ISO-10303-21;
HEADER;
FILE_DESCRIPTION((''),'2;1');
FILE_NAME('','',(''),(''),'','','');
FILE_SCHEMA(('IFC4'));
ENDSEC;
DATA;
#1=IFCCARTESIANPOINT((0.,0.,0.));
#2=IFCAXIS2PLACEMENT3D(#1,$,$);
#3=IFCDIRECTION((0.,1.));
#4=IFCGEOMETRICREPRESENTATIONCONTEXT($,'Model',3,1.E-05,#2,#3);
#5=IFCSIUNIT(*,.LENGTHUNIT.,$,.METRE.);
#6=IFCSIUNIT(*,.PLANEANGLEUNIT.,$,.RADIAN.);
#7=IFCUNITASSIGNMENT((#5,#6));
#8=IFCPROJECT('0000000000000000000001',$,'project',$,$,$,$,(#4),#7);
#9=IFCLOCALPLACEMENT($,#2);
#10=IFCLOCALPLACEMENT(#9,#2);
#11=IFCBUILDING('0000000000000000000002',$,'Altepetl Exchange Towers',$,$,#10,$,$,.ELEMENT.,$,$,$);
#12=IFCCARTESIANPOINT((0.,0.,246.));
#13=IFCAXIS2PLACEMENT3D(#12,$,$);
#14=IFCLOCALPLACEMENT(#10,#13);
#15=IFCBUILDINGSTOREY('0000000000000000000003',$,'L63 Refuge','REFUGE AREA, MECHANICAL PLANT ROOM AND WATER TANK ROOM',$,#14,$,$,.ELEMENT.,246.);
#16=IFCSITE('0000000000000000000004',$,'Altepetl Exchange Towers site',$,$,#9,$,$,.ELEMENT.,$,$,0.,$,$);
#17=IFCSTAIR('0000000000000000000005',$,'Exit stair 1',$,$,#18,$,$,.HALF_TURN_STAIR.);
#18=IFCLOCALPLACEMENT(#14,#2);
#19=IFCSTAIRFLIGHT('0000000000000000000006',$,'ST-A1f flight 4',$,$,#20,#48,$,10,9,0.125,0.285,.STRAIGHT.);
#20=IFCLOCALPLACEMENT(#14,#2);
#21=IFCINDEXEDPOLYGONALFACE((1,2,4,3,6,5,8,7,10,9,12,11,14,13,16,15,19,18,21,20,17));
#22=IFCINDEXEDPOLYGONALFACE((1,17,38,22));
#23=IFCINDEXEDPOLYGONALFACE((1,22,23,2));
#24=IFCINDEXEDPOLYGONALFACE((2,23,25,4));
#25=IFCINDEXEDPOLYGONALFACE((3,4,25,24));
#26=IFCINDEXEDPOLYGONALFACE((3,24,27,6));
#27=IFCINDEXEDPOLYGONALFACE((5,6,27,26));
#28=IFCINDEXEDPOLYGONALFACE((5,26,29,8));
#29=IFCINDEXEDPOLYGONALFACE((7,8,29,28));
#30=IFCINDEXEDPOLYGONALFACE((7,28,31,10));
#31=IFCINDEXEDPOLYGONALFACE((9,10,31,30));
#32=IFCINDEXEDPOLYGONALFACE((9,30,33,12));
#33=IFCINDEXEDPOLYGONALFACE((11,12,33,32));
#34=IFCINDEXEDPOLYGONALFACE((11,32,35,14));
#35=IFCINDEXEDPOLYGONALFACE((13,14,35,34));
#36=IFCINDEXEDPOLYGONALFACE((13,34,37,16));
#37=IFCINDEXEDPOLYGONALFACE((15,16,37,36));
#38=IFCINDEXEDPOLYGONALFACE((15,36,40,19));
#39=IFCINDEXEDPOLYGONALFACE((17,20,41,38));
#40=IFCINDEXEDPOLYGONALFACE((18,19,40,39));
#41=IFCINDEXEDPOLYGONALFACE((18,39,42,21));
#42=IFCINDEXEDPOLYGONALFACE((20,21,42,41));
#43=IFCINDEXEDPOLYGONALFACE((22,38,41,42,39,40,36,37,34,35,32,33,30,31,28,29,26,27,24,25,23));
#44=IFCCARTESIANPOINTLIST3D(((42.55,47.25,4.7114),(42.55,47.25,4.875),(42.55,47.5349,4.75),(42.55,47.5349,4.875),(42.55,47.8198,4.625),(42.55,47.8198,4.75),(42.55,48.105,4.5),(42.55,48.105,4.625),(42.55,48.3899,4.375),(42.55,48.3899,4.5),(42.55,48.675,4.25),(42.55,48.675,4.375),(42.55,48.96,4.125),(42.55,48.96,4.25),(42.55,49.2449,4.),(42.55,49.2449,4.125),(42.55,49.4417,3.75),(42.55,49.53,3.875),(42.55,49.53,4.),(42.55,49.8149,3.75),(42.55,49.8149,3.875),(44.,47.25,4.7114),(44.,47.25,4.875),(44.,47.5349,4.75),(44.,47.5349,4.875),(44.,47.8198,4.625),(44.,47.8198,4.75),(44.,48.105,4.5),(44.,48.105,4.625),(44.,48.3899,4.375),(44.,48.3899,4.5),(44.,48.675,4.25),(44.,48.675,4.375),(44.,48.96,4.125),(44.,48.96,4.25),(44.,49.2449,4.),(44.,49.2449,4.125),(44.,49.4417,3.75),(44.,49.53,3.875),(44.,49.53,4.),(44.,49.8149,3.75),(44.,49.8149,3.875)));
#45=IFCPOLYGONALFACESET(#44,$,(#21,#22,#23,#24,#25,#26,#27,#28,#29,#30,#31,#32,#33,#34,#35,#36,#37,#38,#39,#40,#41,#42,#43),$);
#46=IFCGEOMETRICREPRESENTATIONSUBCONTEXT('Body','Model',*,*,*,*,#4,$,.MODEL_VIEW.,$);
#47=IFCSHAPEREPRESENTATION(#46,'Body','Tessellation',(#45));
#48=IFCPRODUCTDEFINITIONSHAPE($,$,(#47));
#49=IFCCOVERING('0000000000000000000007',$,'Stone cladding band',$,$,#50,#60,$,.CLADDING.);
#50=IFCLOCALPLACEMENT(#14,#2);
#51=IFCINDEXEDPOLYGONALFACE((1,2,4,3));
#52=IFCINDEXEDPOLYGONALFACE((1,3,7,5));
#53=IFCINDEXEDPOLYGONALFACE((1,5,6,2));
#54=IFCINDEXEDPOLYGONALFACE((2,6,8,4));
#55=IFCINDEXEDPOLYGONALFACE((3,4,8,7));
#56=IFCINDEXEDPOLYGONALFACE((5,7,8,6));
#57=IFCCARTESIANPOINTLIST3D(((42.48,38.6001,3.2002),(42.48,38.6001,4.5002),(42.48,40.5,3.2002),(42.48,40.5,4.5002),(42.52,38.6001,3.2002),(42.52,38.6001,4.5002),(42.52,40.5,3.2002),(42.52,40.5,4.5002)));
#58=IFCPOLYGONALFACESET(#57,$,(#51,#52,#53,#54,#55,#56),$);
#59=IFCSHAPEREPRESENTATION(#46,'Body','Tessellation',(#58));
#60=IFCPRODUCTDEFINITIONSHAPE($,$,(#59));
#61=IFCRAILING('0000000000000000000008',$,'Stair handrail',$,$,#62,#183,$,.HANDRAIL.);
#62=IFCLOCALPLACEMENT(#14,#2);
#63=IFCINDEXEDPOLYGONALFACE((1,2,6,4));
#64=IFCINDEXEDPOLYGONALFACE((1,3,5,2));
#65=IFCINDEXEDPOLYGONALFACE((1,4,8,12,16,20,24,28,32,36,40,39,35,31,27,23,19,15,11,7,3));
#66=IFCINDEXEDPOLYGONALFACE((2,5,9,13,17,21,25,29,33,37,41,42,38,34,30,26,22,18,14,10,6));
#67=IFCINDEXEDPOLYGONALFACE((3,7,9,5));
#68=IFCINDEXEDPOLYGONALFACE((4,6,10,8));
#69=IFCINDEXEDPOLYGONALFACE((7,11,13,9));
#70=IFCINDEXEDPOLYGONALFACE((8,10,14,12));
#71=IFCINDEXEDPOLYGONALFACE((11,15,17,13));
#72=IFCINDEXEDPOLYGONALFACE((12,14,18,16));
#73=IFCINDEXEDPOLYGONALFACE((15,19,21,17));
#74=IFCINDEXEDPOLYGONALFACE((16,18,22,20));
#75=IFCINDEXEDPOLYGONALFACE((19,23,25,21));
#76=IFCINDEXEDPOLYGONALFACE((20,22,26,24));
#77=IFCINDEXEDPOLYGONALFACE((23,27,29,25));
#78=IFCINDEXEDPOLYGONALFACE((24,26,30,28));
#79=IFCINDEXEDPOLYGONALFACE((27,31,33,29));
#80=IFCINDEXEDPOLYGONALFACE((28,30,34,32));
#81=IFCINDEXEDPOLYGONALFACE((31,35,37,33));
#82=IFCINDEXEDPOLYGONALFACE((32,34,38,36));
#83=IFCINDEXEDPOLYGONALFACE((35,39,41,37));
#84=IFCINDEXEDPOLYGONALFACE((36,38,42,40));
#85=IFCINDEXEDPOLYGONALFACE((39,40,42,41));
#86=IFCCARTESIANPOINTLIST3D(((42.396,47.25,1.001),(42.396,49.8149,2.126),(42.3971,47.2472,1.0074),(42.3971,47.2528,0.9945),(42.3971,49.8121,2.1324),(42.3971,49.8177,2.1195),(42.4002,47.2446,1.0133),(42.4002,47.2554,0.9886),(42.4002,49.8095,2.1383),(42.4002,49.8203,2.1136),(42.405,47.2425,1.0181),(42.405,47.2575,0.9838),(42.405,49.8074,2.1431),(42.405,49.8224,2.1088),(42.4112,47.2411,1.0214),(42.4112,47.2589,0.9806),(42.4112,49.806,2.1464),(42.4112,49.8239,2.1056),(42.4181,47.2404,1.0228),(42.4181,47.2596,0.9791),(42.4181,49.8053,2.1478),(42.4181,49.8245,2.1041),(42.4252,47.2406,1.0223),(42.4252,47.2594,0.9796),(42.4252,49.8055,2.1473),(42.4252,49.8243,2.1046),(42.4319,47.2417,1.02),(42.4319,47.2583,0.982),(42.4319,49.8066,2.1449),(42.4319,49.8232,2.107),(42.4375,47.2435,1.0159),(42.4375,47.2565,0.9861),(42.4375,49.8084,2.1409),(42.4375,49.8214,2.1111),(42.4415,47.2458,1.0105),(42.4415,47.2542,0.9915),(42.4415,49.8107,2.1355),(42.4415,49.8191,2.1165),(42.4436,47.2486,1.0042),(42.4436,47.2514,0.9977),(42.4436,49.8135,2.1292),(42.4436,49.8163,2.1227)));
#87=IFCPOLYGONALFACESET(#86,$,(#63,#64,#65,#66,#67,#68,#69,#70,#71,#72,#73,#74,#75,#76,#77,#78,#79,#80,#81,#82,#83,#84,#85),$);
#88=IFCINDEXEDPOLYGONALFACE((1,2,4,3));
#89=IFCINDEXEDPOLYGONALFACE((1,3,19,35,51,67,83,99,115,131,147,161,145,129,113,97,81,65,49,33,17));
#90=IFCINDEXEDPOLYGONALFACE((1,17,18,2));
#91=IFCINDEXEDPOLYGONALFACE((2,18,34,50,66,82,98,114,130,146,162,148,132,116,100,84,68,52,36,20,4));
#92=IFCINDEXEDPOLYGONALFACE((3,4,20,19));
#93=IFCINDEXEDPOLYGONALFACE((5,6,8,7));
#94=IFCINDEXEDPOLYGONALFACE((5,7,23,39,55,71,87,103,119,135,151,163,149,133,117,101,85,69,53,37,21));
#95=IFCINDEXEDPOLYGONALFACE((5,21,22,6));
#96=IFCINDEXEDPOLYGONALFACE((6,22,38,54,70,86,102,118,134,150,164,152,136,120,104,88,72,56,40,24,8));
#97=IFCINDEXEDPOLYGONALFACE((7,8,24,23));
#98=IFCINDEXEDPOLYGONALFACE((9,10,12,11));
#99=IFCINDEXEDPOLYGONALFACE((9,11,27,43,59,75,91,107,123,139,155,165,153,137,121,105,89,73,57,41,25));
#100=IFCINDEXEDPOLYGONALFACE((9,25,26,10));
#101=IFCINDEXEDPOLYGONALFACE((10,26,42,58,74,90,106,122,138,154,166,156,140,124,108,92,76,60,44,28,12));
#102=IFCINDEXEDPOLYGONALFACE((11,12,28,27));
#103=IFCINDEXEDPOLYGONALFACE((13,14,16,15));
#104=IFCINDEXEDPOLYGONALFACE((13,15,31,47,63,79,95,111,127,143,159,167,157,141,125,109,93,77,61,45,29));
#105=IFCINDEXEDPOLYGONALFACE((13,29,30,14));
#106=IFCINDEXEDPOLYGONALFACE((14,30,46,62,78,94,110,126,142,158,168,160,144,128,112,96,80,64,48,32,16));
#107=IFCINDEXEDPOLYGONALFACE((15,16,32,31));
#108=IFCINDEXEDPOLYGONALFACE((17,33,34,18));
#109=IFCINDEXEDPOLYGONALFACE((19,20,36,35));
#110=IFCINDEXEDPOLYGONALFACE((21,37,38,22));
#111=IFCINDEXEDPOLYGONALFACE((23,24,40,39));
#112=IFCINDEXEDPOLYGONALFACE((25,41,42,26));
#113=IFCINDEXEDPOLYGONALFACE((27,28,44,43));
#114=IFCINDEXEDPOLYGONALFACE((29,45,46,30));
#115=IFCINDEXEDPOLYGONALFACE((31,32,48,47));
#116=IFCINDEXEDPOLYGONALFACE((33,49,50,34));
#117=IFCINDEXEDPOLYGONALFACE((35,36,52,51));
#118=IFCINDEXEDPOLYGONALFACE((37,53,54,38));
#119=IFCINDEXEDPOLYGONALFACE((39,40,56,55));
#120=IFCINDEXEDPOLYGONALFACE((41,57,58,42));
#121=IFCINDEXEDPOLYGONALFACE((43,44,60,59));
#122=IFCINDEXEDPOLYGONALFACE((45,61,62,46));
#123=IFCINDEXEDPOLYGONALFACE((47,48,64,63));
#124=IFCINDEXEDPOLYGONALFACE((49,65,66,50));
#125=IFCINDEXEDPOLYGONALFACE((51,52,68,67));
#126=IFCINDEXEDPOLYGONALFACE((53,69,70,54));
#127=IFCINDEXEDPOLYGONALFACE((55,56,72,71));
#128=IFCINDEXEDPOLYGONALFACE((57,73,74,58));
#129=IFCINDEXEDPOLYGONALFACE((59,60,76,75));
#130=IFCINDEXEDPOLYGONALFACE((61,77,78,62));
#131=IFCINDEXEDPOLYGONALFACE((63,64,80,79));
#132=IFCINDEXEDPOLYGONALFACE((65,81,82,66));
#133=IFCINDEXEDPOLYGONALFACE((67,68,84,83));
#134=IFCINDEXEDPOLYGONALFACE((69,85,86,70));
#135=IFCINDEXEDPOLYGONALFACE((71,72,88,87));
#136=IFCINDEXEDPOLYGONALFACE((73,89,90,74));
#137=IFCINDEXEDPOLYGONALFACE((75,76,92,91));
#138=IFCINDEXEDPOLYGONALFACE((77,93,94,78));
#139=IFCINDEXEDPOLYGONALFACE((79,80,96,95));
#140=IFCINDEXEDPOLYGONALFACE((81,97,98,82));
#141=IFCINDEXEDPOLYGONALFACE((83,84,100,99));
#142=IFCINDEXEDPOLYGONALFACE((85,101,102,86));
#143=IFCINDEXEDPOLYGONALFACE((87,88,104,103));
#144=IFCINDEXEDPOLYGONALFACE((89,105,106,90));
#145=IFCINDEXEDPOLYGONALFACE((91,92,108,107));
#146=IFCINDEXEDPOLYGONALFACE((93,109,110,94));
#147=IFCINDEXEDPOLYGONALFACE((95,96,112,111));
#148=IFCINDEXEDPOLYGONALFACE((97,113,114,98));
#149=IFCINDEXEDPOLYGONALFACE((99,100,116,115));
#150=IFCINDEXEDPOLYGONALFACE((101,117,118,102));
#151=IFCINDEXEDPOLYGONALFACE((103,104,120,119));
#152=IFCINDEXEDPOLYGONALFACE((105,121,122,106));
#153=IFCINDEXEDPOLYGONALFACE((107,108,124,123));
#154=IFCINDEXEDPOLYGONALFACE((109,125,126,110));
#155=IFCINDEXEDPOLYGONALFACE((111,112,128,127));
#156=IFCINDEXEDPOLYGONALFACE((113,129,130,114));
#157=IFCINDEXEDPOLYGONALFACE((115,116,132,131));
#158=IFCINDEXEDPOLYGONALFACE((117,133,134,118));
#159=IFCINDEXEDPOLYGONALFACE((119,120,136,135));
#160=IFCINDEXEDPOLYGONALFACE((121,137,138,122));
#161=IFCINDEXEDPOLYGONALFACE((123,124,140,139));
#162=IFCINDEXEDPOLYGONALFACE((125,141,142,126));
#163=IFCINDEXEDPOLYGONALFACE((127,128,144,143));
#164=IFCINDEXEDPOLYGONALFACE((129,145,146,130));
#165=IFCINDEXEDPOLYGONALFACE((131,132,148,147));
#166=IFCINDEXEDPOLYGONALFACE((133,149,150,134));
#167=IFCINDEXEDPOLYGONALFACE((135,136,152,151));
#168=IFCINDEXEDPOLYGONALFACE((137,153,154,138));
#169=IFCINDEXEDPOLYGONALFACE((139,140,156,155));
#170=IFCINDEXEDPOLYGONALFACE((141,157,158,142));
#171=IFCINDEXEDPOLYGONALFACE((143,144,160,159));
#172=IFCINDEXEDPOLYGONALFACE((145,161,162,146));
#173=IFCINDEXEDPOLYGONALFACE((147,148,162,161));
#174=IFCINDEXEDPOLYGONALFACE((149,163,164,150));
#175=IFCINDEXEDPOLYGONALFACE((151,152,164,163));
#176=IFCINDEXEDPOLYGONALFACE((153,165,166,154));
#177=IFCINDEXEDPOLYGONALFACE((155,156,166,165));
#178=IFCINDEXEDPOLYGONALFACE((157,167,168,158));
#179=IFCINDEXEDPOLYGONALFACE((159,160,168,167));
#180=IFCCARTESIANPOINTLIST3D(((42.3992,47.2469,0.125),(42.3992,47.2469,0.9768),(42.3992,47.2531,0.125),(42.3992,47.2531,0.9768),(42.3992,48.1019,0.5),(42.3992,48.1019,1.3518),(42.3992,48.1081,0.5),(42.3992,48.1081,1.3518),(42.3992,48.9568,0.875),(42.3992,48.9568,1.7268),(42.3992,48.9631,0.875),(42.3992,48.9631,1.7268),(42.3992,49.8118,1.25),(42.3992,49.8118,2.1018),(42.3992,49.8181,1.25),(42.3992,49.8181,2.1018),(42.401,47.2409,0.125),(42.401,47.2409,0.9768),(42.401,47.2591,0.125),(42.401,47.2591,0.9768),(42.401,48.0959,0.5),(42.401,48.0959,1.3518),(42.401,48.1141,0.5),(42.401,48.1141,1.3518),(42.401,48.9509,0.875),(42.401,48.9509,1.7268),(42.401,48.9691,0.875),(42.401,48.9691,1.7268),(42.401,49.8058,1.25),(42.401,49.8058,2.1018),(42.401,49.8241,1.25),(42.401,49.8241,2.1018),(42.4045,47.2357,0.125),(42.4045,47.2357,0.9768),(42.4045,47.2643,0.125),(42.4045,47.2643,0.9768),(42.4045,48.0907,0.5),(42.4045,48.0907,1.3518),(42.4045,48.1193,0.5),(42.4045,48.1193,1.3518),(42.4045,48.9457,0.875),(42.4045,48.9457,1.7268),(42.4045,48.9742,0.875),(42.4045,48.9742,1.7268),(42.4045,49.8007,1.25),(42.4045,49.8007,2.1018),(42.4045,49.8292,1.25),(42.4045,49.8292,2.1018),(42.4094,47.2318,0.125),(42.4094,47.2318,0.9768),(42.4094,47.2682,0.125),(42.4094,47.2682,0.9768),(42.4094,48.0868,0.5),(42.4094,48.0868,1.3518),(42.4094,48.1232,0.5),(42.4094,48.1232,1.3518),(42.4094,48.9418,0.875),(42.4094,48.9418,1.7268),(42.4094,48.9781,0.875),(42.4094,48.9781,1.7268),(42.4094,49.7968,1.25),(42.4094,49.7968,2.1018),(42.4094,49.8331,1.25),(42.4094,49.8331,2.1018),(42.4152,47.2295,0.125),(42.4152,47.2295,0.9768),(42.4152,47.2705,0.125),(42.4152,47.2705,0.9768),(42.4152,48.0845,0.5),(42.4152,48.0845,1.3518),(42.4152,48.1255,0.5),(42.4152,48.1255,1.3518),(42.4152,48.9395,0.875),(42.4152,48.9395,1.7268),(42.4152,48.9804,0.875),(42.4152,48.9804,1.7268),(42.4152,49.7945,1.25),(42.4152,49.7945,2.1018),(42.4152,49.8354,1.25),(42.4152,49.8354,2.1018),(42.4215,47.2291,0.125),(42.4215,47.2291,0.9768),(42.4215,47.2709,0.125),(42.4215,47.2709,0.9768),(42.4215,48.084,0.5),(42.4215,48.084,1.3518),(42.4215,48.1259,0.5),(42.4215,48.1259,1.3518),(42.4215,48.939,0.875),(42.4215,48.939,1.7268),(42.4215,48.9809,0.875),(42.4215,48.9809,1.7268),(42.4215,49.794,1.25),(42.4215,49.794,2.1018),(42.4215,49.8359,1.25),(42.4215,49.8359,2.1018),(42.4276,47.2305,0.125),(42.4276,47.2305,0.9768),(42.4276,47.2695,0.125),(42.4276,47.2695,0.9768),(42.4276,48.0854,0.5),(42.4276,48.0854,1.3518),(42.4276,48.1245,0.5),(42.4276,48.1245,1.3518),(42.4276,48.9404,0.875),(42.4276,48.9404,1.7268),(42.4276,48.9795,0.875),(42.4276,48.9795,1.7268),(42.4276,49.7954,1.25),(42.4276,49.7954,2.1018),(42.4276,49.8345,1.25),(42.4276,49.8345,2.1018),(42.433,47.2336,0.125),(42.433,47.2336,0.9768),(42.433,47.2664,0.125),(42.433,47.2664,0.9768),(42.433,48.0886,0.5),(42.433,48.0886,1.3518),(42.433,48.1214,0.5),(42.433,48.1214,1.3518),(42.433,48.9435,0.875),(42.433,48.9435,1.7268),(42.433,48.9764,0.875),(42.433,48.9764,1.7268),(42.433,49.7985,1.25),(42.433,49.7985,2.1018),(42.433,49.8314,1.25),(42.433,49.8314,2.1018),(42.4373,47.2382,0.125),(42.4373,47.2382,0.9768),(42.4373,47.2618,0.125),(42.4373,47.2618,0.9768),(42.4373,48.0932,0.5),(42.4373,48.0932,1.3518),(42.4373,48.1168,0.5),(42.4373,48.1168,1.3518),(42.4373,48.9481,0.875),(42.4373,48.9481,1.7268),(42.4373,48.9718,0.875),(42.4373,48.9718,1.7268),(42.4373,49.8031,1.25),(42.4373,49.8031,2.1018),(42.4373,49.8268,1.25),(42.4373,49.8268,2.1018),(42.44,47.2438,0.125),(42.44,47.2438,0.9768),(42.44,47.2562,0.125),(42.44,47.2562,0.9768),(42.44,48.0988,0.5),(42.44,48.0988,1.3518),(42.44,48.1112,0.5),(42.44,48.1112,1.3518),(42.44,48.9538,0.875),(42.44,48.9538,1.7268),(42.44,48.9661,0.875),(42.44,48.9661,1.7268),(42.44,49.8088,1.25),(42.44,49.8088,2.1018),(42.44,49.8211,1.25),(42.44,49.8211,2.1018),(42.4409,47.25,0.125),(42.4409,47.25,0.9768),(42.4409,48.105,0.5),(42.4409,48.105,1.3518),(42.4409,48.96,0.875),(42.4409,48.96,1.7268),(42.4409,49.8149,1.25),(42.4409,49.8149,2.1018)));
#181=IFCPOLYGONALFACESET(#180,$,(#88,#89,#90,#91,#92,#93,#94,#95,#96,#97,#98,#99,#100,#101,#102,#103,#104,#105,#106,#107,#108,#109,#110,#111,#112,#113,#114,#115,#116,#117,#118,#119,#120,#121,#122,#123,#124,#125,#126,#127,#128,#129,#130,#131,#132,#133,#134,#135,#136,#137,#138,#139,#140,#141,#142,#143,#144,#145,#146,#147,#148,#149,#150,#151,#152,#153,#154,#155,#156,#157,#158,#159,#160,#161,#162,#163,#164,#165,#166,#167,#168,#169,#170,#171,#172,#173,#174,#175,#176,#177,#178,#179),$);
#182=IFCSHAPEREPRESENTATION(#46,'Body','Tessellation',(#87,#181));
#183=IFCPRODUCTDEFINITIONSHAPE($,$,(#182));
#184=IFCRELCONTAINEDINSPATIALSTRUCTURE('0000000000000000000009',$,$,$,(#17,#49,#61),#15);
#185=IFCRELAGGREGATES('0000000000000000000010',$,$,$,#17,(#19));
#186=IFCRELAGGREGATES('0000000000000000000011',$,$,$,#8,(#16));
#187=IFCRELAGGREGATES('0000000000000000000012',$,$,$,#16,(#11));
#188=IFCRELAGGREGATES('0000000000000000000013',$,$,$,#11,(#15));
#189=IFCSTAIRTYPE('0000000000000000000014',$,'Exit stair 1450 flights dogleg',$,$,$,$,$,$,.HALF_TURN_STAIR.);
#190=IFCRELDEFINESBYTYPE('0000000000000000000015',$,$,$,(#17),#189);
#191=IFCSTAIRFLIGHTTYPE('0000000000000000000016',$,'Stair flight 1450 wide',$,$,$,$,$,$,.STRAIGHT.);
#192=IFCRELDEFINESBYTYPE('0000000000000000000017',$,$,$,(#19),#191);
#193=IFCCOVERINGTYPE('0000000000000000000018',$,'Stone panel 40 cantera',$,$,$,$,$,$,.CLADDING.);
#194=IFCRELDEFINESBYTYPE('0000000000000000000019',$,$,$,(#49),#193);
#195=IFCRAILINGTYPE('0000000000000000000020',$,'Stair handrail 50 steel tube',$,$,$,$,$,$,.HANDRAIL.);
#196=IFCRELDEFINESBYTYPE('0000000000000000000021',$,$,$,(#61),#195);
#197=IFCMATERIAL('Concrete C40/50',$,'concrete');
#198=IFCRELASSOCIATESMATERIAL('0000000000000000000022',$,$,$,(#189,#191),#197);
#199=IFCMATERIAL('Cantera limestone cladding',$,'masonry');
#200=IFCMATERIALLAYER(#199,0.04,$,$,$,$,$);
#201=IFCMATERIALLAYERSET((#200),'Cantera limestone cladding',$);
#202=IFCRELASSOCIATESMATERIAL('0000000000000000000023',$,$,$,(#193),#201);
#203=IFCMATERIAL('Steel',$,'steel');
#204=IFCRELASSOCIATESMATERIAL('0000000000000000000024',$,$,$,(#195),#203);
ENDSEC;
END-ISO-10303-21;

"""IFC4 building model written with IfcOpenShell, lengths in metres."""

from ifc_helpers import new_model, si_unit, direction, frame, origin, origin_2d, place, context, subcontext, project, spatial, polyline, rectangle, circle, outline, extrude, source, transform, mapped, material, layer, layer_set, type_object, element, aggregate, save


model = new_model("IFC4")

# Units and contexts
model_context = context("Model", 3, precision=1e-05, world=origin(), true_north=direction((0.0, 1.0)))
body_context = subcontext(model_context, "Body", "Model", "MODEL_VIEW")
ifc_project = project(units=[si_unit("LENGTHUNIT", "METRE"), si_unit("PLANEANGLEUNIT", "RADIAN")], contexts=[model_context])

# Site, building, storey
site_placement = place(None, origin())
site = spatial("IfcSite", under=ifc_project, at=site_placement, Name="Altepetl Exchange Towers site", CompositionType="ELEMENT", RefElevation=0.0)
building_placement = place(site_placement, origin())
building = spatial("IfcBuilding", under=site, at=building_placement, Name="Altepetl Exchange Towers", CompositionType="ELEMENT")
storey_placement = place(building_placement, frame((0.0, 0.0, 246.0)))
storey = spatial("IfcBuildingStorey", under=building, at=storey_placement, Name="L63 Refuge", Description="REFUGE AREA, MECHANICAL PLANT ROOM AND WATER TANK ROOM", CompositionType="ELEMENT", Elevation=246.0)

# Shared definitions
ifc_material_1 = material(Name="Cantera limestone cladding", Category="masonry")
ifc_material_2 = material(Name="Concrete C40/50", Category="concrete")

# Stair, stair flight
stair_type = type_object("IfcStairType", Name="Exit stair 1450 flights dogleg", PredefinedType="HALF_TURN_STAIR", material=ifc_material_2)
stair_placement = place(storey_placement, origin())
stair = element("IfcStair", 1, at=stair_placement, inside=storey, type_object=stair_type, Name="Exit stair 1", PredefinedType="HALF_TURN_STAIR")
stair_flight_type = type_object("IfcStairFlightType", Name="Stair flight 1450 wide", PredefinedType="STRAIGHT", material=ifc_material_2)
stair_flight_1_placement = place(storey_placement, frame((43.2749, 49.8149, 3.75), z_axis=(0.0, 0.0, 1.0), x_axis=(0.0, -1.0, 0.0)))
stair_flight_1 = element("IfcStairFlight", 2, at=stair_flight_1_placement, type_object=stair_flight_type, Name="ST-A1f flight 4", NumberOfRisers=10, NumberOfTreads=9, PredefinedType="STRAIGHT", RiserHeight=0.125, TreadLength=0.285, context=body_context, shape_type="SweptSolid", body=[
    extrude(outline(polyline([(0.0, 0.0), (0.0, 0.125), (0.2849, 0.125), (0.2849, 0.25), (0.5701, 0.25), (0.5701, 0.375), (0.855, 0.375), (0.855, 0.5), (1.1399, 0.5), (1.1399, 0.625), (1.425, 0.625), (1.425, 0.75), (1.71, 0.75), (1.71, 0.875), (1.9951, 0.875), (1.9951, 1.0), (2.28, 1.0), (2.28, 1.125), (2.5649, 1.125), (2.5649, 1.25), (2.5649, 0.9614), (0.3733, 0.0), (0.0, 0.0)])), frame((0.0, 0.7251, 0.0), z_axis=(0.0, -1.0, 0.0), x_axis=(1.0, 0.0, 0.0)), (0.0, 0.0, 1.0), 1.45),
])
aggregate(stair, [stair_flight_1])

# Covering
ifc_layer_1 = layer(ifc_material_1, 0.04)
ifc_layer_set_1 = layer_set([ifc_layer_1], Name="Cantera limestone cladding")
covering_type = type_object("IfcCoveringType", Name="Stone panel 40 cantera", PredefinedType="CLADDING", material=ifc_layer_set_1)
covering_placement = place(storey_placement, frame((42.5, 39.55, 3.2002), z_axis=(0.0, 0.0, 1.0), x_axis=(0.0, -1.0, 0.0)))
element("IfcCovering", 3, at=covering_placement, inside=storey, type_object=covering_type, Name="Stone cladding band", PredefinedType="CLADDING", context=body_context, shape_type="SweptSolid", body=[
    extrude(rectangle(XDim=1.8999, YDim=0.04, at=origin_2d()), origin(), (0.0, 0.0, 1.0), 1.3),
])

# Railing
ifc_material_3 = material(Name="Steel", Category="steel")
railing_type = type_object("IfcRailingType", Name="Stair handrail 50 steel tube", PredefinedType="HANDRAIL", material=ifc_material_3)
shared_shape = source(origin(), body_context, "Body", "SweptSolid", [
    extrude(circle(Radius=0.021, at=origin_2d()), origin(), (0.0, 0.0, 1.0), 0.8518),
])
railing_1_placement = place(storey_placement, frame((42.4199, 47.25, 0.125)))
element("IfcRailing", 4, at=railing_1_placement, inside=storey, type_object=railing_type, Name="Stair handrail", PredefinedType="HANDRAIL", context=body_context, shape_type="SweptSolid", body=[
    extrude(circle(Radius=0.0239, at=origin_2d()), frame((0.0, 0.0, 0.876), z_axis=(0.0, 0.915785, 0.401669), x_axis=(-1.0, 0.0, 0.0)), (0.0, 0.0, 1.0), 2.8008),
    mapped(shared_shape, transform((0.0, 0.0, 0.0))),
    mapped(shared_shape, transform((0.0, 0.855, 0.375))),
    mapped(shared_shape, transform((0.0, 1.71, 0.75))),
    mapped(shared_shape, transform((0.0, 2.5649, 1.125))),
])

save(model, "model.ifc")
